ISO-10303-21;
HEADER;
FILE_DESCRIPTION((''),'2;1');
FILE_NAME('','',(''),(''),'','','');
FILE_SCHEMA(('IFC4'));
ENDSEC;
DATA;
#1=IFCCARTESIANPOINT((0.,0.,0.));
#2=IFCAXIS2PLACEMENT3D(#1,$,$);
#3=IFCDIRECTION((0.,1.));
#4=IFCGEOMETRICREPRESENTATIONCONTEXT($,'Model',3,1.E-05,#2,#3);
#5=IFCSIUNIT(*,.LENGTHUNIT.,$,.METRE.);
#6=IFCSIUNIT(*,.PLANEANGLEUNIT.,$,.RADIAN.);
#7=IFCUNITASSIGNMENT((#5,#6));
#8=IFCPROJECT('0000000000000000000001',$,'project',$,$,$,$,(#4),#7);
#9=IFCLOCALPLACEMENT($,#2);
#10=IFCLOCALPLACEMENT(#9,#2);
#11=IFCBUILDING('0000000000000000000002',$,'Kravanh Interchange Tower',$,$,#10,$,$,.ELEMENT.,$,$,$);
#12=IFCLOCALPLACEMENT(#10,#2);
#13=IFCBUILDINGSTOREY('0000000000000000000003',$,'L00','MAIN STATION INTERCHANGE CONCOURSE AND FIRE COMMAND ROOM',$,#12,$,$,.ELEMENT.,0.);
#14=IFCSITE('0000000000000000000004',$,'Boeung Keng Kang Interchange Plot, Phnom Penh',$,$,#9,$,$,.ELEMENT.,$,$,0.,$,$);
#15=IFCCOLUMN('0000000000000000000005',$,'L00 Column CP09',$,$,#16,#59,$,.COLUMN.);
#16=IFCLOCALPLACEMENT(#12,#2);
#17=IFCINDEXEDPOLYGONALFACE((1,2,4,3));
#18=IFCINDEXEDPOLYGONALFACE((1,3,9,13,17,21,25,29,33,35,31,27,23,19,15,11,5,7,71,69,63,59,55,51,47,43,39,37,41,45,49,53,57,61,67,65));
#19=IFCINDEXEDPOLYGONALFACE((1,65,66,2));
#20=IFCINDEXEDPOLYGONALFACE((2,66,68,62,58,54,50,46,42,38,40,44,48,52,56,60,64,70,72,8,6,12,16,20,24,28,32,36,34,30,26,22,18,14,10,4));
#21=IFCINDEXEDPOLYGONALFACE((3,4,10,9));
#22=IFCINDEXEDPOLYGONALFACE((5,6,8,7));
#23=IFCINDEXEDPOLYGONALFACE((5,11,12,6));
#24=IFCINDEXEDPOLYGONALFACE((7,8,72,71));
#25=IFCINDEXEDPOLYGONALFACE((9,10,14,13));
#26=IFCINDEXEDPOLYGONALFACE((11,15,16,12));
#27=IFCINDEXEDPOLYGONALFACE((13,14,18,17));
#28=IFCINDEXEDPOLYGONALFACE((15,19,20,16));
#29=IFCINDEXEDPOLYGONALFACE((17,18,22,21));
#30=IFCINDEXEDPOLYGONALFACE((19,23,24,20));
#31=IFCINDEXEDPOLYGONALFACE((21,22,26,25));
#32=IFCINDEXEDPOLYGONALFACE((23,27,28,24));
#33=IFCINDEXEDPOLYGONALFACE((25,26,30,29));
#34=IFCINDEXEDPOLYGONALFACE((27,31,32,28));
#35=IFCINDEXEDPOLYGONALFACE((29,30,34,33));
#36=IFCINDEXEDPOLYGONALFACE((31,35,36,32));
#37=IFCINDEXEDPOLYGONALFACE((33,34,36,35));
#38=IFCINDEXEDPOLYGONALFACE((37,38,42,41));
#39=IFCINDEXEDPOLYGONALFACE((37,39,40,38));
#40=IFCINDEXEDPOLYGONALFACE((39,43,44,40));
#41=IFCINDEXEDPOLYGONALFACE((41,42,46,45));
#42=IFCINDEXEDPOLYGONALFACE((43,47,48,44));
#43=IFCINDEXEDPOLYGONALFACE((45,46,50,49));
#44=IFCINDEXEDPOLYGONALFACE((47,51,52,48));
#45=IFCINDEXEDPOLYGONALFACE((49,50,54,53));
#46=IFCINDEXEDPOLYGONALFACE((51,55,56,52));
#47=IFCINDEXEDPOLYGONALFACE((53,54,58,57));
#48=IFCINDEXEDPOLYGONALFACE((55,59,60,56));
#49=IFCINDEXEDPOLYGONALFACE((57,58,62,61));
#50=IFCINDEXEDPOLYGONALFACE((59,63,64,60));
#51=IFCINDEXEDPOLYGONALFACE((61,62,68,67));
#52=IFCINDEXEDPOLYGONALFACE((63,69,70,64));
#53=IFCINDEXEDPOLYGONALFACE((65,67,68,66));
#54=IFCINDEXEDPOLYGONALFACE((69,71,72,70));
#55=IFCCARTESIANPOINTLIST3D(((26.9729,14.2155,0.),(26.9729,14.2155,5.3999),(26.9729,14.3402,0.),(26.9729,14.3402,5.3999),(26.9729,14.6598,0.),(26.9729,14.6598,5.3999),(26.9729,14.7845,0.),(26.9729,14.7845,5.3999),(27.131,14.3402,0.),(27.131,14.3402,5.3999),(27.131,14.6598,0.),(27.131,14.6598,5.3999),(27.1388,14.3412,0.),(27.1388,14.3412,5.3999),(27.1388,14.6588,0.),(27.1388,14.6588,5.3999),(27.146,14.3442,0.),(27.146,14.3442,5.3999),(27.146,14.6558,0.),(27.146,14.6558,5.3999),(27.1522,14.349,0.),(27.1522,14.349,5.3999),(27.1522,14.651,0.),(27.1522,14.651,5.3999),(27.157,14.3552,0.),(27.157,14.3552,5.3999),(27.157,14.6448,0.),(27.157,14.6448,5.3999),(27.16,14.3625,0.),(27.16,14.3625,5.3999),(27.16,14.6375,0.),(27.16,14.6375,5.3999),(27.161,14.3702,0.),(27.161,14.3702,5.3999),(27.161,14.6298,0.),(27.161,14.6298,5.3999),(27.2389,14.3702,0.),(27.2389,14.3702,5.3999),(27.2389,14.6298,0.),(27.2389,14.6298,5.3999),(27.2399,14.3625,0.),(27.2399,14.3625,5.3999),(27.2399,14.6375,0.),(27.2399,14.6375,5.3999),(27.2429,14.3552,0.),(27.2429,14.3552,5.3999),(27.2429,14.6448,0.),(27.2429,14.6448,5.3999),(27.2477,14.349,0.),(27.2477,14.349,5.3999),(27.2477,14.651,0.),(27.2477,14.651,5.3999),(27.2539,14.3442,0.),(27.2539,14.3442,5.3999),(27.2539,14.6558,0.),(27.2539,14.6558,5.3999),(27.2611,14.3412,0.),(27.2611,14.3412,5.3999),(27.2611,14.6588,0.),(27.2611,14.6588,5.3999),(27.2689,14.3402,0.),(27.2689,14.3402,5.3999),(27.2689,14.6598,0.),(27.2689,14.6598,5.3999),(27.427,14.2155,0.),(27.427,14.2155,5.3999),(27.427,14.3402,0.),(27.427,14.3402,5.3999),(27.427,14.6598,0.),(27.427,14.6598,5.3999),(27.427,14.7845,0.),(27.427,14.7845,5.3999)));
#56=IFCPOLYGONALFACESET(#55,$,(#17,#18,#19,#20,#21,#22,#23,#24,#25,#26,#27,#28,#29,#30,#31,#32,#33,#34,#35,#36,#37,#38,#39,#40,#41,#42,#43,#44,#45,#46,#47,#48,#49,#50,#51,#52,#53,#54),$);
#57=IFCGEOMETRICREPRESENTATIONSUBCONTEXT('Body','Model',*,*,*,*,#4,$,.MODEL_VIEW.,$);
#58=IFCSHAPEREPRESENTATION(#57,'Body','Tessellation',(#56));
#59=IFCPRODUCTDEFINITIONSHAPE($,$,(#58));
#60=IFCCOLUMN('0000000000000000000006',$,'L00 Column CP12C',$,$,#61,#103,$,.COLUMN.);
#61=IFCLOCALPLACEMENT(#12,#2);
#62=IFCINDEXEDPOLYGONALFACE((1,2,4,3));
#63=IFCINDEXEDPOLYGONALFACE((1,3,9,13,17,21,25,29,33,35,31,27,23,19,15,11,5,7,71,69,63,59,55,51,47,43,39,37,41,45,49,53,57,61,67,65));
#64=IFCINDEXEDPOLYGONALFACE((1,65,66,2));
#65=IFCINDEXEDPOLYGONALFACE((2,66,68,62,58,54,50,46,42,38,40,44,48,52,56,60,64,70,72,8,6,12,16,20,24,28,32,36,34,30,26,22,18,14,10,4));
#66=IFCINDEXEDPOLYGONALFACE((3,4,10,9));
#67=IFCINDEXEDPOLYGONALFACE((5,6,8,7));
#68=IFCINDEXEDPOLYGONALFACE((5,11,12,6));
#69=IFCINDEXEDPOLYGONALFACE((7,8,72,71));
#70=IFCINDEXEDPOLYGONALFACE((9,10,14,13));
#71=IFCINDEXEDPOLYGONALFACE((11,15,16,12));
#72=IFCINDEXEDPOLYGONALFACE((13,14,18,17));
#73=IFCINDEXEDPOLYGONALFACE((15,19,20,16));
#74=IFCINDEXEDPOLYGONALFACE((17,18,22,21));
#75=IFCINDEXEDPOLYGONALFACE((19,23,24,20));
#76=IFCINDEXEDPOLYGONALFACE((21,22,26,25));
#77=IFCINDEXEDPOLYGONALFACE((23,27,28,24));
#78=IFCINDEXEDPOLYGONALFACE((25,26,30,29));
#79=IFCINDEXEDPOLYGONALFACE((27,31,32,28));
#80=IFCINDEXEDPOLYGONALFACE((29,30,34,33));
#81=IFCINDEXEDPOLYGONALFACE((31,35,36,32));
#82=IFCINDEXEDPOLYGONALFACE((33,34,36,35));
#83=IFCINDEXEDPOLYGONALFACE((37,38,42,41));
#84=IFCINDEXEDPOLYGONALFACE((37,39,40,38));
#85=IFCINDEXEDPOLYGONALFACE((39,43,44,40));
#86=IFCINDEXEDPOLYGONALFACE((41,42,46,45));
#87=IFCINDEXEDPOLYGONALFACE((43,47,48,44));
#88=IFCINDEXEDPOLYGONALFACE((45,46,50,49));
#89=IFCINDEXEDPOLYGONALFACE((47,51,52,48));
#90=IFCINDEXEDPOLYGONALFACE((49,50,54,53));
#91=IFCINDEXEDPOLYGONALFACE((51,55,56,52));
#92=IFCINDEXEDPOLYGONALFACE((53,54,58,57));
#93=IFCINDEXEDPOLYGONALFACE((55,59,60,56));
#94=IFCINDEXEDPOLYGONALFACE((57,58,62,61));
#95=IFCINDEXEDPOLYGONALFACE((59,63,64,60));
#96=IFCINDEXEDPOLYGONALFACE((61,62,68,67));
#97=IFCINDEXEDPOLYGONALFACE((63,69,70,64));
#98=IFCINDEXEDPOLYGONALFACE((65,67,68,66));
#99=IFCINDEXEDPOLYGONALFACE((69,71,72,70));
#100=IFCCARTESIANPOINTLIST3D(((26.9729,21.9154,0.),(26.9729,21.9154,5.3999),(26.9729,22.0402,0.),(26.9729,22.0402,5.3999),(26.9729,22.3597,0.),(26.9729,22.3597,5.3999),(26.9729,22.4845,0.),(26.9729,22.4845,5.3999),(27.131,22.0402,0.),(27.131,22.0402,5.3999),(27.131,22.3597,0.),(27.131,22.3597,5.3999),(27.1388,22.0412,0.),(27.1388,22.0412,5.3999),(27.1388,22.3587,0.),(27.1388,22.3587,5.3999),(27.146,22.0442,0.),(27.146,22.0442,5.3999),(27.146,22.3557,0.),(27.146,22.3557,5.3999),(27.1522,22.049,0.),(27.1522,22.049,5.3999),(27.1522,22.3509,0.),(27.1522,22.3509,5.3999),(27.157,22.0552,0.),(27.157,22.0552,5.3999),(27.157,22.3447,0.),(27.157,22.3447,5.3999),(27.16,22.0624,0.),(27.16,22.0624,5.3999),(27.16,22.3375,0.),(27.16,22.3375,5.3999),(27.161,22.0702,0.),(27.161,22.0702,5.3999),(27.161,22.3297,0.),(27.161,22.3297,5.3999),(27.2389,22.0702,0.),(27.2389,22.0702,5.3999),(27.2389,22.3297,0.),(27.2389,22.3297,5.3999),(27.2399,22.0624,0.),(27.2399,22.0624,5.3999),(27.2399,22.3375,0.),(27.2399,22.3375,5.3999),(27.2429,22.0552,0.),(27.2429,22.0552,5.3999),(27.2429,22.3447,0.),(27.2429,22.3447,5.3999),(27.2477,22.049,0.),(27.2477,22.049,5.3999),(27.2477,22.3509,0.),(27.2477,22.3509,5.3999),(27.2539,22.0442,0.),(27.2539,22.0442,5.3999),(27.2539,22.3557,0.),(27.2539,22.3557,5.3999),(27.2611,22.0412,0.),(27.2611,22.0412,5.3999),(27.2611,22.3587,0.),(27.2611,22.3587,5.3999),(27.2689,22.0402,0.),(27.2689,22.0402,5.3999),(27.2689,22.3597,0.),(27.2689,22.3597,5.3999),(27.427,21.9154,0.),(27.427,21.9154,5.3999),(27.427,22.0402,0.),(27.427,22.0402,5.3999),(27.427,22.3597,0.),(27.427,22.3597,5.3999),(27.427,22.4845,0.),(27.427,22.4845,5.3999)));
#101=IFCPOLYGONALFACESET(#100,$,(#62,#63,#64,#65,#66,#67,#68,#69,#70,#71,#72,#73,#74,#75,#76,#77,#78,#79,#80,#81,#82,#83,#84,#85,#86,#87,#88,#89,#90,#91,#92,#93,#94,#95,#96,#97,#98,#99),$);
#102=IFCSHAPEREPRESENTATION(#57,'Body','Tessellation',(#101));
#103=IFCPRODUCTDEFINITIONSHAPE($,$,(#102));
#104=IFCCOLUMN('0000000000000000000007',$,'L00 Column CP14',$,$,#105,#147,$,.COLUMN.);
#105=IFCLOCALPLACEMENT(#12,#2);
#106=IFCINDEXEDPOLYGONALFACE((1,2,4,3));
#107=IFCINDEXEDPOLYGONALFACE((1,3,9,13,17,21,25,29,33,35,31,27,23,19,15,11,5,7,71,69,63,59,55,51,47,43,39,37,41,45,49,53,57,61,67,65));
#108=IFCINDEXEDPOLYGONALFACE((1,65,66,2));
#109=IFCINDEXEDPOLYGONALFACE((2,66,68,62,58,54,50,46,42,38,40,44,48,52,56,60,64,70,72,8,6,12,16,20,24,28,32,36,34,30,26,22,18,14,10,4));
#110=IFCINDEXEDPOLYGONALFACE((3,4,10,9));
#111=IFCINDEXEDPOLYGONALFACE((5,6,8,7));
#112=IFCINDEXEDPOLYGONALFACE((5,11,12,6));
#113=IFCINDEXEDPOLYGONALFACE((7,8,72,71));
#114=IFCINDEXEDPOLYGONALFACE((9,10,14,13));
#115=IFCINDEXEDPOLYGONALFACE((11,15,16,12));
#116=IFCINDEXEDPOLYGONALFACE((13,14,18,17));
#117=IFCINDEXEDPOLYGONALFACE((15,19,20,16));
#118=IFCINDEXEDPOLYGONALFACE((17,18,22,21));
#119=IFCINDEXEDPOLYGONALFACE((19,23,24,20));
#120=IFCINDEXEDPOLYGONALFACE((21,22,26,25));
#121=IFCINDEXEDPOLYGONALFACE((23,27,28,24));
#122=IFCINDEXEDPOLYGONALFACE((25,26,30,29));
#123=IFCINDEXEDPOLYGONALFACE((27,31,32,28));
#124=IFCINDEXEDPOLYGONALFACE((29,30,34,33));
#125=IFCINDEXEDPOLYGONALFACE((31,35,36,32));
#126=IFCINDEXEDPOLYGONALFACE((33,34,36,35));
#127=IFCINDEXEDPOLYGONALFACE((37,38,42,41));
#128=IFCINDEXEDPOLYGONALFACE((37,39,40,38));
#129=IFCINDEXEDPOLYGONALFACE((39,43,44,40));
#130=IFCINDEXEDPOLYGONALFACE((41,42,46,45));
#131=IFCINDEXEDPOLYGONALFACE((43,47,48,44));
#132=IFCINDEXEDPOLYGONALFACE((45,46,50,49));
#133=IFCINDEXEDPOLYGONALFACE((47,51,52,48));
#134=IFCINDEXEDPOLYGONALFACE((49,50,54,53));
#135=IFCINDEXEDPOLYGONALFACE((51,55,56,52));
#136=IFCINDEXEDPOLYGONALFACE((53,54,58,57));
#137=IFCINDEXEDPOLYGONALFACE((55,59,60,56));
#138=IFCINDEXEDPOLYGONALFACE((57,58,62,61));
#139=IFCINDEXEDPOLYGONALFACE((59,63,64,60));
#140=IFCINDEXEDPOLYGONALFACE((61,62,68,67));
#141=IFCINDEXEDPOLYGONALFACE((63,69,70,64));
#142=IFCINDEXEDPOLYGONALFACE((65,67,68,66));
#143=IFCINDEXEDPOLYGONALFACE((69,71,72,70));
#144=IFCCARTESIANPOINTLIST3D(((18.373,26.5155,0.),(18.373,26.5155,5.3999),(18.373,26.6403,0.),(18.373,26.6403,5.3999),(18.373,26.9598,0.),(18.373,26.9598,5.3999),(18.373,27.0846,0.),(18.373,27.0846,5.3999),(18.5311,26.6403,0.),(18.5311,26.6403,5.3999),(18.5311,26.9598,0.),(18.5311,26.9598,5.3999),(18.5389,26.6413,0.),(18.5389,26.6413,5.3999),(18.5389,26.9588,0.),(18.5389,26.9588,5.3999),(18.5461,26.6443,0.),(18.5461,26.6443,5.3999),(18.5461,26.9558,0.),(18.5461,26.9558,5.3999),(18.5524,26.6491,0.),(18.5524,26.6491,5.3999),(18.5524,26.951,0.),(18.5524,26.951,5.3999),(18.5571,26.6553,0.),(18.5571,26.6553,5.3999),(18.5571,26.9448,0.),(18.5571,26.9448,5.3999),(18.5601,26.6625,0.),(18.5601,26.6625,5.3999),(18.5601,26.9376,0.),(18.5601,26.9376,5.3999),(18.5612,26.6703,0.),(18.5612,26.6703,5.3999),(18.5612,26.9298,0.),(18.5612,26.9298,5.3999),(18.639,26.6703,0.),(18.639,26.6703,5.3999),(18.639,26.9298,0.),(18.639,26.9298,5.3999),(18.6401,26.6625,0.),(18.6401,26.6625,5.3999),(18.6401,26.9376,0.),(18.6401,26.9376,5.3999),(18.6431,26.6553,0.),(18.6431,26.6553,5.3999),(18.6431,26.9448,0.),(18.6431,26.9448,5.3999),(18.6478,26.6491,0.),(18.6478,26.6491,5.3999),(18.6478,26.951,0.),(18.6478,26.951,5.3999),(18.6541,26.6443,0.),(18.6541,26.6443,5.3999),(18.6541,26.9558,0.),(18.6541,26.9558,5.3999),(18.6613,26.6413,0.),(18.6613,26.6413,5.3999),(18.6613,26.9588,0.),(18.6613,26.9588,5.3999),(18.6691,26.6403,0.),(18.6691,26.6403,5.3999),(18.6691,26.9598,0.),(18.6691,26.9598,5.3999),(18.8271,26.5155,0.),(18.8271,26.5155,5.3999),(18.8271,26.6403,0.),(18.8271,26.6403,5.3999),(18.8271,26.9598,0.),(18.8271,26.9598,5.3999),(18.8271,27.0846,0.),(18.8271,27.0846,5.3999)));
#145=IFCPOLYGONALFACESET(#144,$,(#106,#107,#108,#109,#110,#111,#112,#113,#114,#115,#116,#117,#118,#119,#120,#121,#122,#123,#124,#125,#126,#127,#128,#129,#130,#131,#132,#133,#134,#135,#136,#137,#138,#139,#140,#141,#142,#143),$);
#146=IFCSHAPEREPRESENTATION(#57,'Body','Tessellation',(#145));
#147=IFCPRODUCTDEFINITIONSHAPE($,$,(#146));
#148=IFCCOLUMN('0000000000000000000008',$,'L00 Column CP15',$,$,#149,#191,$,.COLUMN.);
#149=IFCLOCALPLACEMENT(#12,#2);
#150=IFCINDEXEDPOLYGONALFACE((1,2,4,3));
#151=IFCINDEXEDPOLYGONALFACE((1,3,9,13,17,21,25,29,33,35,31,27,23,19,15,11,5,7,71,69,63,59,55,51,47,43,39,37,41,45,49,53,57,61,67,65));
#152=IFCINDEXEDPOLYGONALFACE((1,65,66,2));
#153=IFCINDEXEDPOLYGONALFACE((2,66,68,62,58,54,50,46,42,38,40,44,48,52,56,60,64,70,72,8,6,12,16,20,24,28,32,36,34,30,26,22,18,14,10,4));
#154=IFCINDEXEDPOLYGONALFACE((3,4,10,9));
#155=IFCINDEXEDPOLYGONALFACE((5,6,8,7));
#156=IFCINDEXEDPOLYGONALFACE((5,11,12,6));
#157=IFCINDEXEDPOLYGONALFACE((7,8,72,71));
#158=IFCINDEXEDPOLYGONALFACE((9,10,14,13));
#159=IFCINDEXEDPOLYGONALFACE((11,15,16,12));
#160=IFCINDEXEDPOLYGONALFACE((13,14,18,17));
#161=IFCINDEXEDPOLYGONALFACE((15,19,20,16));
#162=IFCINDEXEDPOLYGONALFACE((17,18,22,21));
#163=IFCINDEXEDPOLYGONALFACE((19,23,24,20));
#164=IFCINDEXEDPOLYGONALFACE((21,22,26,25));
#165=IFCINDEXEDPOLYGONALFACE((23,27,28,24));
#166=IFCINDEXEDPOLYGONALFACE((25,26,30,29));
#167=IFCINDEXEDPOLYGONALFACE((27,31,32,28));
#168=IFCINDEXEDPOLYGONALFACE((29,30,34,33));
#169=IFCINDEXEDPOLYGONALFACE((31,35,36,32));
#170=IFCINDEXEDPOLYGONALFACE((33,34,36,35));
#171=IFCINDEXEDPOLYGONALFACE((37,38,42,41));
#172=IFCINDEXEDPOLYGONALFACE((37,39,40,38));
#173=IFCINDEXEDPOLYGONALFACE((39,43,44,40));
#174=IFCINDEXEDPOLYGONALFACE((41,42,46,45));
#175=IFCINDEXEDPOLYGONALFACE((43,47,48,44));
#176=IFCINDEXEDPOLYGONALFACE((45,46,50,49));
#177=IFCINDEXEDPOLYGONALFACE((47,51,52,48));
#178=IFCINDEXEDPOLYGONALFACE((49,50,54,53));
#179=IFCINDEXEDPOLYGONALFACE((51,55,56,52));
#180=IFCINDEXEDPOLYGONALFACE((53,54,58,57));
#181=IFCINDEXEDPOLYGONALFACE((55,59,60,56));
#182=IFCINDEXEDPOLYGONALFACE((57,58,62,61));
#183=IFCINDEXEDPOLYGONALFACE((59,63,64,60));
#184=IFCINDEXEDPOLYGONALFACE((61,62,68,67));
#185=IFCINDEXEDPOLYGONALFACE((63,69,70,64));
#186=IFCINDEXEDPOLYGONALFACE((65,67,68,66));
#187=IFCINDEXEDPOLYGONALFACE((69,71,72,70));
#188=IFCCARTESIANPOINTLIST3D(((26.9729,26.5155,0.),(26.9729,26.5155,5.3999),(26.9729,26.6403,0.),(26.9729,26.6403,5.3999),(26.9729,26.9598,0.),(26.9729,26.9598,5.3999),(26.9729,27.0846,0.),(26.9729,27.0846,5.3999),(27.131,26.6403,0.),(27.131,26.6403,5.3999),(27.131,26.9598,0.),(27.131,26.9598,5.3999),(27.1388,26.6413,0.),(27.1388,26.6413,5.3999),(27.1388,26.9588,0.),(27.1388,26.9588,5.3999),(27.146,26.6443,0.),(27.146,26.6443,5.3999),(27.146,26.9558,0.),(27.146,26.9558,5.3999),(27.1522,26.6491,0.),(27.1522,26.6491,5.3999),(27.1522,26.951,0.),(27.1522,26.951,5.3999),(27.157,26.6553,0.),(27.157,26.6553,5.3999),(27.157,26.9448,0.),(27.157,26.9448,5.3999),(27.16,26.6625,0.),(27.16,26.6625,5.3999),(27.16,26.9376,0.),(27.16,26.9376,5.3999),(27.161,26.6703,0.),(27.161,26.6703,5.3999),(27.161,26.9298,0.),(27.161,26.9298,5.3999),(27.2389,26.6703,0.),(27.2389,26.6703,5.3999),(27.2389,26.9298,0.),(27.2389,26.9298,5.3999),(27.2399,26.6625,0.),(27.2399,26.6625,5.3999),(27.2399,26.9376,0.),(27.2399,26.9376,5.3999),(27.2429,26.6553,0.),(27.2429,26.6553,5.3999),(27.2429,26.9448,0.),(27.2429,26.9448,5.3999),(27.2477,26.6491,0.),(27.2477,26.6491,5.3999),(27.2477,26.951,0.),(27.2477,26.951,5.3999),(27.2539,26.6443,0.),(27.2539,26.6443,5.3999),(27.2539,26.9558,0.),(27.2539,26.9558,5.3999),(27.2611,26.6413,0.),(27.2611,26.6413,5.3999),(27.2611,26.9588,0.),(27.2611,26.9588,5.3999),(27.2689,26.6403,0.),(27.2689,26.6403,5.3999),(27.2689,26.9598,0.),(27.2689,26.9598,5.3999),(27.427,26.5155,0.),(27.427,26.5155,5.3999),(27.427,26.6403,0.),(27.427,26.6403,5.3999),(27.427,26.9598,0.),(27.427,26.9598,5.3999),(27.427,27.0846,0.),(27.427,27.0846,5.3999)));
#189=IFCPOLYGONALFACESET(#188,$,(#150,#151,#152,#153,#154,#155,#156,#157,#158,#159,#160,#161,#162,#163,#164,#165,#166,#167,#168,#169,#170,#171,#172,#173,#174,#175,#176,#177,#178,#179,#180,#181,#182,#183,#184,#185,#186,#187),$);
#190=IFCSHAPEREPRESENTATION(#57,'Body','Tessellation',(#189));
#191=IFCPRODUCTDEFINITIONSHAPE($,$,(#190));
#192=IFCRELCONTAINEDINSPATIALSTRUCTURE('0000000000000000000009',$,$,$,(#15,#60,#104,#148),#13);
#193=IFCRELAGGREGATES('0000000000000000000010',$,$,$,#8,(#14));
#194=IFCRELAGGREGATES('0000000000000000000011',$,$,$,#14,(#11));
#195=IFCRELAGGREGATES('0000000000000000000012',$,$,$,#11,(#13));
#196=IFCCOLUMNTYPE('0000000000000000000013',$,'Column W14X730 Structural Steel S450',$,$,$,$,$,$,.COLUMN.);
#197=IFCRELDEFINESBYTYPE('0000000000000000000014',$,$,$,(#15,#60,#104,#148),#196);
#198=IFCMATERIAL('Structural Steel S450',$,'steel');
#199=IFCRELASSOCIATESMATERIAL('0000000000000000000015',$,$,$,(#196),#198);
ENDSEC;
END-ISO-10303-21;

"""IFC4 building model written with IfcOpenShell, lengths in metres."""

from ifc_helpers import new_model, si_unit, direction, frame, origin, origin_2d, place, context, subcontext, project, spatial, i_section, extrude, material, material_profile, profile_set, type_object, element, save


model = new_model("IFC4")

# Units and contexts
model_context = context("Model", 3, precision=1e-05, world=origin(), true_north=direction((0.0, 1.0)))
body_context = subcontext(model_context, "Body", "Model", "MODEL_VIEW")
ifc_project = project(units=[si_unit("LENGTHUNIT", "METRE"), si_unit("PLANEANGLEUNIT", "RADIAN")], contexts=[model_context])

# Site, building, storey
site_placement = place(None, origin())
site = spatial("IfcSite", under=ifc_project, at=site_placement, Name="Boeung Keng Kang Interchange Plot, Phnom Penh", CompositionType="ELEMENT", RefElevation=0.0)
building_placement = place(site_placement, origin())
building = spatial("IfcBuilding", under=site, at=building_placement, Name="Kravanh Interchange Tower", CompositionType="ELEMENT")
storey_placement = place(building_placement, origin())
storey = spatial("IfcBuildingStorey", under=building, at=storey_placement, Name="L00", Description="MAIN STATION INTERCHANGE CONCOURSE AND FIRE COMMAND ROOM", CompositionType="ELEMENT", Elevation=0.0)

# Columns
ifc_material_1 = material(Name="Structural Steel S450", Category="steel")
ifc_material_profile_1 = material_profile(ifc_material_1, i_section(OverallWidth=0.4541, OverallDepth=0.5691, WebThickness=0.0779, FlangeThickness=0.1248, FilletRadius=0.03, at=origin_2d()), Name="W14X730")
ifc_profile_set_1 = profile_set([ifc_material_profile_1], Name="Structural Steel S450")
column_type = type_object("IfcColumnType", Name="Column W14X730 Structural Steel S450", PredefinedType="COLUMN", material=ifc_profile_set_1)
for number, where, z_axis, x_axis, name in (
    (1, (27.2, 14.5, 0.0), (0.0, 0.0, 1.0), (1.0, 0.0, 0.0), "L00 Column CP09"),
    (2, (27.2, 22.2, 0.0), (0.0, 0.0, 1.0), (1.0, 0.0, 0.0), "L00 Column CP12C"),
    (3, (18.6001, 26.8, 0.0), (0.0, 0.0, 1.0), (1.0, 0.0, 0.0), "L00 Column CP14"),
    (4, (27.2, 26.8, 0.0), (0.0, 0.0, 1.0), (1.0, 0.0, 0.0), "L00 Column CP15"),
):
    element("IfcColumn", number, at=place(storey_placement, frame(where, z_axis=z_axis, x_axis=x_axis)), inside=storey, type_object=column_type, Name=name, PredefinedType="COLUMN", context=body_context, shape_type="SweptSolid", body=[
        extrude(i_section(OverallWidth=0.4541, OverallDepth=0.5691, WebThickness=0.0779, FlangeThickness=0.1248, FilletRadius=0.03, at=origin_2d()), origin(), (0.0, 0.0, 1.0), 5.3999),
    ])

save(model, "model.ifc")
